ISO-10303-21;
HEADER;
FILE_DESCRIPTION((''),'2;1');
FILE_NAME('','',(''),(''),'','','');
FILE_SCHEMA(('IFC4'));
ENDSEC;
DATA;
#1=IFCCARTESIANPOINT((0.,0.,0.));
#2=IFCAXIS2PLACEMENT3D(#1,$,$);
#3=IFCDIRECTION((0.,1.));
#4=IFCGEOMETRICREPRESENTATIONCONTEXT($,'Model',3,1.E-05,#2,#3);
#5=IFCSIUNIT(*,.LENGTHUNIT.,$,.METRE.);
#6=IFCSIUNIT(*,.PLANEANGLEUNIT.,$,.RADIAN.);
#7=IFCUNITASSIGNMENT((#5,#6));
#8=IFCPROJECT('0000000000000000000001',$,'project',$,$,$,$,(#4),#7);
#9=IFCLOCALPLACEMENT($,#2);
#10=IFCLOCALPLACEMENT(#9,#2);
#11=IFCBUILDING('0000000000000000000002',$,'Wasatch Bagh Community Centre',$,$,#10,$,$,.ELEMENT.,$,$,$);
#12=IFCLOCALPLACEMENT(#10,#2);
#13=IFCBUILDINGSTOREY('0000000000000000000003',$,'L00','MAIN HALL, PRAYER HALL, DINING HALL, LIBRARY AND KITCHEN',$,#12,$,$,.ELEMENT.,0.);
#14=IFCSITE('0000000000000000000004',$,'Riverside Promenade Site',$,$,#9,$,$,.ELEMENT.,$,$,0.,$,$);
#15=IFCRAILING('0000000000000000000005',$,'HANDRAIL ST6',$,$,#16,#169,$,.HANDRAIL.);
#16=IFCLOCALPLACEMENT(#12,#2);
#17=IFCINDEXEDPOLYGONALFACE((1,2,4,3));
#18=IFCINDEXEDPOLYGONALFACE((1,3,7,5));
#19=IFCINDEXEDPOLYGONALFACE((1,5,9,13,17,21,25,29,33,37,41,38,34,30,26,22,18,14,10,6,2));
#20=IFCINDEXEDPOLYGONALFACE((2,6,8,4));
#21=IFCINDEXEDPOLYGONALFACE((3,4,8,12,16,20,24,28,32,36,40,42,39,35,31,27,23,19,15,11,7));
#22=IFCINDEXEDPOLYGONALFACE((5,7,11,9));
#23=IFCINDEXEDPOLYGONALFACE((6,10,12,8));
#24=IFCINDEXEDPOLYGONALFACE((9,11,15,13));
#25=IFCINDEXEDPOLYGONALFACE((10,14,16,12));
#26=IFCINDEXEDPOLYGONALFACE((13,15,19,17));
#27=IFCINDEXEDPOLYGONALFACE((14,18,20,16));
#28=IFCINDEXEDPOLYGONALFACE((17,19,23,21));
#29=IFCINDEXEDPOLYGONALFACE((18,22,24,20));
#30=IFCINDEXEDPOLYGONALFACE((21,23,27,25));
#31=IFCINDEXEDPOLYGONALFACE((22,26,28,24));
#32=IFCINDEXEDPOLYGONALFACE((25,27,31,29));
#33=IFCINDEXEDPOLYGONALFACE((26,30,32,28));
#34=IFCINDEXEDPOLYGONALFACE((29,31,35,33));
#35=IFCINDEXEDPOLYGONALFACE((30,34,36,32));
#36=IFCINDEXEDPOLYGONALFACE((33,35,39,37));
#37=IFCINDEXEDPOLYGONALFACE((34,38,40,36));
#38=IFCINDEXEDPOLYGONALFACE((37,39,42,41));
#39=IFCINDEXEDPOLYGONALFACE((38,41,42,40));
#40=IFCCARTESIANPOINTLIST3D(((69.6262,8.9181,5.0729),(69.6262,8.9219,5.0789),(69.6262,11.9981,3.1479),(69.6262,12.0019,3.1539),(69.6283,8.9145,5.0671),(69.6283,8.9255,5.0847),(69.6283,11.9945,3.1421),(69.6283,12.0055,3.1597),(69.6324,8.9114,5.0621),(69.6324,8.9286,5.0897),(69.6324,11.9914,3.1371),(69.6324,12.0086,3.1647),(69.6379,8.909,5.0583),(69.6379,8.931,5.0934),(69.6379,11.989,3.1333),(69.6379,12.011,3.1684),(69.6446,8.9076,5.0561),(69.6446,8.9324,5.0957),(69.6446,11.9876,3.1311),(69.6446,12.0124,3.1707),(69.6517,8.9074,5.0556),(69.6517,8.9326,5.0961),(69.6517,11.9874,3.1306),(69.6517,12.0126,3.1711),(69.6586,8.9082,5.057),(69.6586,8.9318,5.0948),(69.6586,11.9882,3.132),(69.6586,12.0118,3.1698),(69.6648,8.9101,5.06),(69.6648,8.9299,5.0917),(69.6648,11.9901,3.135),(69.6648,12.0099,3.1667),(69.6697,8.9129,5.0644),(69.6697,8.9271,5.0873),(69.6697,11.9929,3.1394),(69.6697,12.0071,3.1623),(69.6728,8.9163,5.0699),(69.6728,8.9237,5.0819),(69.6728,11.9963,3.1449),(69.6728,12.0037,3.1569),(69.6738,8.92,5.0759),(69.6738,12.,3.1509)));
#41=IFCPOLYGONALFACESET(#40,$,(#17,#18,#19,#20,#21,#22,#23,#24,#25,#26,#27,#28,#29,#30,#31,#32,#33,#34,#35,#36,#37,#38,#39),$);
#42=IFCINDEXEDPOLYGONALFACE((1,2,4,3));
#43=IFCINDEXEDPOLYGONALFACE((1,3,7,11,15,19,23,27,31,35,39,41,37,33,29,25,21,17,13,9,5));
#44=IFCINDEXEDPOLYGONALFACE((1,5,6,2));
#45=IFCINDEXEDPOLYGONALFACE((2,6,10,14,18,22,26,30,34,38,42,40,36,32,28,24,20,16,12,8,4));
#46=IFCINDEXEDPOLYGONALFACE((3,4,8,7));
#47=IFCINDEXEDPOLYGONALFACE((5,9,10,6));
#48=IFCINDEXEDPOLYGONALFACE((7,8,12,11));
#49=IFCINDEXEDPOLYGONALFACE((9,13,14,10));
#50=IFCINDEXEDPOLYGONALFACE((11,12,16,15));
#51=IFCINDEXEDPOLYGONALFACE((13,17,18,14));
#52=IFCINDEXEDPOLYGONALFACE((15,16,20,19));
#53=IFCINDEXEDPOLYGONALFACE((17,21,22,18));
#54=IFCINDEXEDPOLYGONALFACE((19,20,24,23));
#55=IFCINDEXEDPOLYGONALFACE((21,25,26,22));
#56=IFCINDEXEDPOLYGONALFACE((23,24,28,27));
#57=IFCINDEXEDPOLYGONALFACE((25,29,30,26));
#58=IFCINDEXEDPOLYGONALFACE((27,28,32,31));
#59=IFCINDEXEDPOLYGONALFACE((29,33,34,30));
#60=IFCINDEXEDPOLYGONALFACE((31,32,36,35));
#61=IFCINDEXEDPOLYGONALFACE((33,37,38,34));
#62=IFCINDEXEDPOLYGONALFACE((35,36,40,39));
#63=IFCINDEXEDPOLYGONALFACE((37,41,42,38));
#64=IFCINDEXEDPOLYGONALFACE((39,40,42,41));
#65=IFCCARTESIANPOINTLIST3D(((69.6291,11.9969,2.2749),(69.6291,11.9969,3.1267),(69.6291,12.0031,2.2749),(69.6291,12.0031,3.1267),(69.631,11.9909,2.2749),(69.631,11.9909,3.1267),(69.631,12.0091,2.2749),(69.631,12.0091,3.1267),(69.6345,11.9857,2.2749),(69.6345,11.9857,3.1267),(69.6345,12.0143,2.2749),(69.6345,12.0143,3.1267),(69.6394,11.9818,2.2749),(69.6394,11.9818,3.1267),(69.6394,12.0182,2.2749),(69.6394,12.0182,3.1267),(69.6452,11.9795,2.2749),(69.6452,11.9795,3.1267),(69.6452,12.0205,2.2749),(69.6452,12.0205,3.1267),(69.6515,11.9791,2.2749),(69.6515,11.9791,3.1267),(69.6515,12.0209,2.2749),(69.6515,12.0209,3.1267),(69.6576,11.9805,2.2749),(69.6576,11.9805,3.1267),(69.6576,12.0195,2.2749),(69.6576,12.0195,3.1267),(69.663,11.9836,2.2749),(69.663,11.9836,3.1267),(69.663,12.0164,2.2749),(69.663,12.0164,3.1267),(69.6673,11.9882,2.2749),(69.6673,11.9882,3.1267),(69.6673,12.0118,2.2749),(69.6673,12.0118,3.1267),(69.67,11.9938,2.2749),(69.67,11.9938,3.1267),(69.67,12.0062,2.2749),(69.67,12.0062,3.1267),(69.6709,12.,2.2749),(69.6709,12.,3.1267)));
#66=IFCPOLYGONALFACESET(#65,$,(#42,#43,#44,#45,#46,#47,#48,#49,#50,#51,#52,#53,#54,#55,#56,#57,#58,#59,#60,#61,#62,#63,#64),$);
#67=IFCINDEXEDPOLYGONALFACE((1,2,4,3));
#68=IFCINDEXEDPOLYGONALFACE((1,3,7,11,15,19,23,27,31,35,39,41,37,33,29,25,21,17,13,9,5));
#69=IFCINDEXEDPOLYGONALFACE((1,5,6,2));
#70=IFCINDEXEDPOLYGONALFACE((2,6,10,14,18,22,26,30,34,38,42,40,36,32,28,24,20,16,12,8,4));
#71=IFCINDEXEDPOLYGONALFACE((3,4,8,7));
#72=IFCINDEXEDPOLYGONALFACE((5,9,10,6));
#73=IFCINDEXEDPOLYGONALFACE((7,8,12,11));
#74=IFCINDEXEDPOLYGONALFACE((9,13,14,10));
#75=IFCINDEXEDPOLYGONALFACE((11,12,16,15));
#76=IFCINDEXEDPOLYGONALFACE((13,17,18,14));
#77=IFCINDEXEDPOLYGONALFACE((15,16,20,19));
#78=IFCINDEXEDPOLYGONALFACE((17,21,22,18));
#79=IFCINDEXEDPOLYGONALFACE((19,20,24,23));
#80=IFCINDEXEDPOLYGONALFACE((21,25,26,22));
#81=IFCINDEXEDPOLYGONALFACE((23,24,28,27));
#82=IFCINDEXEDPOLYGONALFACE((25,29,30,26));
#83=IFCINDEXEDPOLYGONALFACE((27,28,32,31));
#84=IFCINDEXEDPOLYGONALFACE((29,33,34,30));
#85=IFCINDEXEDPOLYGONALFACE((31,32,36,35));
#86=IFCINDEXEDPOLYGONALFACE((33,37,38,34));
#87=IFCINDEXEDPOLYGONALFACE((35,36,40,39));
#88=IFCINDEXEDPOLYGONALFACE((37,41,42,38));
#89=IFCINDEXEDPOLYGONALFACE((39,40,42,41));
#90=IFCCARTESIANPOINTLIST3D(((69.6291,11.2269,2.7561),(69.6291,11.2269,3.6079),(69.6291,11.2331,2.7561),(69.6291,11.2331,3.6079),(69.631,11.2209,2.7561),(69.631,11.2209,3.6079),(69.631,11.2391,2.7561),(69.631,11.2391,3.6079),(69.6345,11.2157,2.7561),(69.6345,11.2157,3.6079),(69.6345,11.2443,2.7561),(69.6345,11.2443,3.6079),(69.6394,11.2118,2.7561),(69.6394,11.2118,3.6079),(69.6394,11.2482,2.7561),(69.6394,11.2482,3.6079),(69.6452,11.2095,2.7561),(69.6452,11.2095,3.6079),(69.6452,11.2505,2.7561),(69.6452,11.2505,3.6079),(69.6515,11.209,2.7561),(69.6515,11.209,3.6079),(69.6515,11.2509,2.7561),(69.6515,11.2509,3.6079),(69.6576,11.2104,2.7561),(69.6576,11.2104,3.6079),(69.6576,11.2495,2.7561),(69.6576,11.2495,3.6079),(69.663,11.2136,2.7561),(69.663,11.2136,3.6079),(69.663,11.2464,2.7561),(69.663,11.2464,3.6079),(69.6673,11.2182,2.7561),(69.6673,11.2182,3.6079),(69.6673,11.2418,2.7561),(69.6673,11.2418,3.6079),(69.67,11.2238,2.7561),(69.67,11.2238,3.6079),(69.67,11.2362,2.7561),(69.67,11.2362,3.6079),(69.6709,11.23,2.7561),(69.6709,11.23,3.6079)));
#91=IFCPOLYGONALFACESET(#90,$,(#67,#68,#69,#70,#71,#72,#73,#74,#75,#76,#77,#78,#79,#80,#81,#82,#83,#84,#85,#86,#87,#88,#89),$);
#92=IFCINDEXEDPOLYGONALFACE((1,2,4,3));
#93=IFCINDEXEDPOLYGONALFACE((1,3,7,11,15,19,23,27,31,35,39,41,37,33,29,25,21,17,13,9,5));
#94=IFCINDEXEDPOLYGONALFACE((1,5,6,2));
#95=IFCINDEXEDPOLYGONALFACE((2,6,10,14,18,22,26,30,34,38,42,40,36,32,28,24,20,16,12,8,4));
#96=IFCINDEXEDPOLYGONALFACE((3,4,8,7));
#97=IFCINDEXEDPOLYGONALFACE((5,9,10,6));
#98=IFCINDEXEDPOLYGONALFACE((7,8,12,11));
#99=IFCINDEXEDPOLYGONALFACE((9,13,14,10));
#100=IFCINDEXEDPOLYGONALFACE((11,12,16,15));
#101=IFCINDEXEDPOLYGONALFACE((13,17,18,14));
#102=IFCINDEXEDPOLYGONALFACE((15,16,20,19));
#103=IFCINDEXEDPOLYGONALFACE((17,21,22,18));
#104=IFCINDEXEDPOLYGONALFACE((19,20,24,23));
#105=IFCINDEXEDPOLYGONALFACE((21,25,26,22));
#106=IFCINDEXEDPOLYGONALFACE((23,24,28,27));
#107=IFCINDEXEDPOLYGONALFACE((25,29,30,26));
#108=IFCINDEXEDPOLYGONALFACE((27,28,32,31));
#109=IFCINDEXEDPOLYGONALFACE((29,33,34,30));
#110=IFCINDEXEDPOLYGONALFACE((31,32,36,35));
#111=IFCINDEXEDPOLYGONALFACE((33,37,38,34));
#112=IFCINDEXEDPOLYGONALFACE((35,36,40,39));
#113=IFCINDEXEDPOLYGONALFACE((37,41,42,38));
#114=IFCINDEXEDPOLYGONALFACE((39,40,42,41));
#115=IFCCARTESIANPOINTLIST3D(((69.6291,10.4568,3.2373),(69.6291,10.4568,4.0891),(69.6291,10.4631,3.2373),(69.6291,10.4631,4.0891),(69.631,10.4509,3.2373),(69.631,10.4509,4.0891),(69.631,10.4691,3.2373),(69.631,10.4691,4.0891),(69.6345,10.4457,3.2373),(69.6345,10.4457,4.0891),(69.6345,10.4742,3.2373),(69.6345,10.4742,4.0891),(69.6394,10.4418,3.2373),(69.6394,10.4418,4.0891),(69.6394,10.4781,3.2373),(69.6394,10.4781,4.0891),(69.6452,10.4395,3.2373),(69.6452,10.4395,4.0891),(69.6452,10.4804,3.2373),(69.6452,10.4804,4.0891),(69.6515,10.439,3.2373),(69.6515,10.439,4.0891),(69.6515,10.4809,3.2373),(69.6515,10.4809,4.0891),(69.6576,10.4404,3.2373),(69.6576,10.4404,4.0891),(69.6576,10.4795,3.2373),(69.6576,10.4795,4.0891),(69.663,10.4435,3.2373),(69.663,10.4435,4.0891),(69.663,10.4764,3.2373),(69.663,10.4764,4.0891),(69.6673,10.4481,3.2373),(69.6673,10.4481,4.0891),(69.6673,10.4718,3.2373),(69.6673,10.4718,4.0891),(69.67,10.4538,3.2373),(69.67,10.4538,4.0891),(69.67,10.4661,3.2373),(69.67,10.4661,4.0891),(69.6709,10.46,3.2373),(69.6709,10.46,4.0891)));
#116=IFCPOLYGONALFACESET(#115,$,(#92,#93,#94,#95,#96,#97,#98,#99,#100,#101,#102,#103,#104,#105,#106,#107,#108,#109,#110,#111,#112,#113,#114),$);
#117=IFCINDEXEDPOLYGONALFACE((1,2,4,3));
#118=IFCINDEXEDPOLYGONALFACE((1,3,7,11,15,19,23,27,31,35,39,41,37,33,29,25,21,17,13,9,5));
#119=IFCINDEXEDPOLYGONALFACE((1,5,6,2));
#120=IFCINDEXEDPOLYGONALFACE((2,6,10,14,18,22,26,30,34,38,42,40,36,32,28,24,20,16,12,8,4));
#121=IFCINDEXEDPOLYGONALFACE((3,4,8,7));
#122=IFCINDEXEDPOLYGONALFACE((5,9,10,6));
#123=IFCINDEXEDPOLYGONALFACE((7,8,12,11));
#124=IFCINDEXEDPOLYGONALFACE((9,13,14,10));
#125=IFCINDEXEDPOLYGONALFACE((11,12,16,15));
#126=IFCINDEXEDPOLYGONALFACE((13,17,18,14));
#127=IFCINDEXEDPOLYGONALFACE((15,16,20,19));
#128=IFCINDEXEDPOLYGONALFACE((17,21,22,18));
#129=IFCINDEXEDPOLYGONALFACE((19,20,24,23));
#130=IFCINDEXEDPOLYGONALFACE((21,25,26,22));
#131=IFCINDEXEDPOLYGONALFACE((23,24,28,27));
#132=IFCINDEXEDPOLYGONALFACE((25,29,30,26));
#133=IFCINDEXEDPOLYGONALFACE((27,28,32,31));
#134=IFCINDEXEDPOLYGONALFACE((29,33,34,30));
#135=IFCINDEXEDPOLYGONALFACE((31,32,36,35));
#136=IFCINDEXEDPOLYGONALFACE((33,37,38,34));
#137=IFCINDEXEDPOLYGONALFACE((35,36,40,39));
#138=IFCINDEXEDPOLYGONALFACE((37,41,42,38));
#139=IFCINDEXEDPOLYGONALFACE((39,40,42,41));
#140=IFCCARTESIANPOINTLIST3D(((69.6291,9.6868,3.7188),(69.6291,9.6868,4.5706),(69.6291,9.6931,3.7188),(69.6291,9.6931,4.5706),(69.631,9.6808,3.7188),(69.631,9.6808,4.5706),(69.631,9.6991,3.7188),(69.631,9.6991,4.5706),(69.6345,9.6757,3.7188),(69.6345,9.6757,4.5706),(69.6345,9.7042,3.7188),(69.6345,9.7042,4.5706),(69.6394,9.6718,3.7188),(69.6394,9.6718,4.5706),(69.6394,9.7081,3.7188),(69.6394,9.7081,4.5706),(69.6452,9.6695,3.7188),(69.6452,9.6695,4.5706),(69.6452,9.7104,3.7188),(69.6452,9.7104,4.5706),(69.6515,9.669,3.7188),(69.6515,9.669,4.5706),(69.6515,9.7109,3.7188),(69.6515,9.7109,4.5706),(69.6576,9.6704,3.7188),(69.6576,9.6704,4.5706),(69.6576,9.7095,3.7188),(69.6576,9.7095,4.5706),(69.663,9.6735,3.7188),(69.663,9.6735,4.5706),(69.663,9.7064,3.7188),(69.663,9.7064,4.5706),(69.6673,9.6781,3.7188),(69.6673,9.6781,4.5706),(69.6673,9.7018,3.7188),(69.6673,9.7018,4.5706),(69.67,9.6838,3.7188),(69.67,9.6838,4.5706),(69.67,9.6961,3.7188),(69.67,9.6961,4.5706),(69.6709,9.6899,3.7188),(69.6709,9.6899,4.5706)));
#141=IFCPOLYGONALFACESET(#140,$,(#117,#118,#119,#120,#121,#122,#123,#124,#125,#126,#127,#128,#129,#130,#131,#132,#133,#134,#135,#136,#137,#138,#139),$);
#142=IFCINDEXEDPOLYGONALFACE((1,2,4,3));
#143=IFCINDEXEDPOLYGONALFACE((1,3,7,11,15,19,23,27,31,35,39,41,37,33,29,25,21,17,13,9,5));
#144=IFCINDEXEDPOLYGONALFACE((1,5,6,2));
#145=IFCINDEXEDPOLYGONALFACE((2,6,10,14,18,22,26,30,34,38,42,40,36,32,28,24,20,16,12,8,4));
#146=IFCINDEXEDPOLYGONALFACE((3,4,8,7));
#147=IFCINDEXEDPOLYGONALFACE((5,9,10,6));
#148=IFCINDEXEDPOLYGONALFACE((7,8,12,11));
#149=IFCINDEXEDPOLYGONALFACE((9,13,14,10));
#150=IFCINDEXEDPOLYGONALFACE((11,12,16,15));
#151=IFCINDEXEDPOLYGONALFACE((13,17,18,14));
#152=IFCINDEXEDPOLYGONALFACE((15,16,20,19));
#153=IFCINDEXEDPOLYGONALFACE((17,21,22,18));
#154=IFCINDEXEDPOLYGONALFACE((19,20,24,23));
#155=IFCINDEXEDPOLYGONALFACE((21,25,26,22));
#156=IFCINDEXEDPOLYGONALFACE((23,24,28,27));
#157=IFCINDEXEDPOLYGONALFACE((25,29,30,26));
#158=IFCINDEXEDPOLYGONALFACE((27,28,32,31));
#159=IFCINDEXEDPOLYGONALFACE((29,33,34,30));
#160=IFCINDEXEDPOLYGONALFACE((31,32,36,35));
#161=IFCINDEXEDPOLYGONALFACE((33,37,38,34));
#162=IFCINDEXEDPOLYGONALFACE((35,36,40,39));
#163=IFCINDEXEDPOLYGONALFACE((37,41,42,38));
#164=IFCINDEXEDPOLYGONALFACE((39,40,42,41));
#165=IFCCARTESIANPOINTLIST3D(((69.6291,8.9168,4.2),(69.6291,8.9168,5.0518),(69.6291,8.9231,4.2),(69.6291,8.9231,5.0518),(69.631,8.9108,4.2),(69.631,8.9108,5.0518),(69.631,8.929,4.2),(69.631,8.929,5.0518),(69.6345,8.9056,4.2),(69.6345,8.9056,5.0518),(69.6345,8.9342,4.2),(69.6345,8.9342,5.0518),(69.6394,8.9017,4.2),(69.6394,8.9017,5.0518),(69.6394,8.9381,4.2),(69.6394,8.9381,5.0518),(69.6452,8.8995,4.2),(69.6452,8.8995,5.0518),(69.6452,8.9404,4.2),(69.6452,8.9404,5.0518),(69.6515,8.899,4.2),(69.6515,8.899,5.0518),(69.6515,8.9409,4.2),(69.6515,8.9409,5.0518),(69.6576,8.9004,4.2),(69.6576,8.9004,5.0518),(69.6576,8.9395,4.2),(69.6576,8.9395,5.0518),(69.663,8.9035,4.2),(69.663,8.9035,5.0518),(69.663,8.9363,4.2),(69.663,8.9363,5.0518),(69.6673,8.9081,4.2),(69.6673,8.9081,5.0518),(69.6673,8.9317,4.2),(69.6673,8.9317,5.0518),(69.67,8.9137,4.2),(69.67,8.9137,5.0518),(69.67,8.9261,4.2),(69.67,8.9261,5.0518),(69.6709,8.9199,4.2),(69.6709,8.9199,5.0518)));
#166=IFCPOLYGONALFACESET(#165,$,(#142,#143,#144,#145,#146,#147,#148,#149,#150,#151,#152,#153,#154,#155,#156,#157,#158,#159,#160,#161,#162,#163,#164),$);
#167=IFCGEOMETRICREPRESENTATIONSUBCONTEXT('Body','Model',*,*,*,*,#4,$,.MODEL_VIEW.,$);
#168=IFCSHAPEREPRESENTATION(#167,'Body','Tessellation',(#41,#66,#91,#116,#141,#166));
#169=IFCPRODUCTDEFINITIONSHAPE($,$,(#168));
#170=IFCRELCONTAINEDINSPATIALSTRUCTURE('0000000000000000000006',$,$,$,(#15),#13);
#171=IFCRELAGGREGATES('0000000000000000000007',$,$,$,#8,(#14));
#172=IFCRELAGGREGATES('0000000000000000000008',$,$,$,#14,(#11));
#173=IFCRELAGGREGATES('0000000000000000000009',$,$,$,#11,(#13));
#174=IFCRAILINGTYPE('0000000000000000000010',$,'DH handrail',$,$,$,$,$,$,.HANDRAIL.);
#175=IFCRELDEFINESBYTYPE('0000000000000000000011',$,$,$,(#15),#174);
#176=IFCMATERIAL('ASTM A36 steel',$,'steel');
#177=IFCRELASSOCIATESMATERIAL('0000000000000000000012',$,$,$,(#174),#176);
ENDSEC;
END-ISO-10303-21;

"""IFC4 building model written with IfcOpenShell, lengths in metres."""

from ifc_helpers import new_model, si_unit, direction, frame, origin, origin_2d, place, context, subcontext, project, spatial, circle, extrude, material, type_object, element, save


model = new_model("IFC4")

# Units and contexts
model_context = context("Model", 3, precision=1e-05, world=origin(), true_north=direction((0.0, 1.0)))
body_context = subcontext(model_context, "Body", "Model", "MODEL_VIEW")
ifc_project = project(units=[si_unit("LENGTHUNIT", "METRE"), si_unit("PLANEANGLEUNIT", "RADIAN")], contexts=[model_context])

# Site, building, storey
site_placement = place(None, origin())
site = spatial("IfcSite", under=ifc_project, at=site_placement, Name="Riverside Promenade Site", CompositionType="ELEMENT", RefElevation=0.0)
building_placement = place(site_placement, origin())
building = spatial("IfcBuilding", under=site, at=building_placement, Name="Wasatch Bagh Community Centre", CompositionType="ELEMENT")
storey_placement = place(building_placement, origin())
storey = spatial("IfcBuildingStorey", under=building, at=storey_placement, Name="L00", Description="MAIN HALL, PRAYER HALL, DINING HALL, LIBRARY AND KITCHEN", CompositionType="ELEMENT", Elevation=0.0)

# Railing
ifc_material_1 = material(Name="ASTM A36 steel", Category="steel")
railing_type_1 = type_object("IfcRailingType", Name="DH handrail", PredefinedType="HANDRAIL", material=ifc_material_1)
for number, where, name in (
    (1, (69.6499, 12.0, 2.2749), "HANDRAIL ST6"),
):
    element("IfcRailing", number, at=place(storey_placement, frame(where)), inside=storey, type_object=railing_type_1, Name=name, PredefinedType="HANDRAIL", context=body_context, shape_type="SweptSolid", body=[
        extrude(circle(Radius=0.0239, at=origin_2d()), frame((0.0, 0.0, 0.876), z_axis=(0.0, -0.847998, 0.529999), x_axis=(1.0, 0.0, 0.0)), (0.0, 0.0, 1.0), 3.6321),
        extrude(circle(Radius=0.021, at=origin_2d()), origin(), (0.0, 0.0, 1.0), 0.8518),
        extrude(circle(Radius=0.021, at=origin_2d()), frame((0.0, -0.77, 0.4812)), (0.0, 0.0, 1.0), 0.8518),
        extrude(circle(Radius=0.021, at=origin_2d()), frame((0.0, -1.54, 0.9624)), (0.0, 0.0, 1.0), 0.8518),
        extrude(circle(Radius=0.021, at=origin_2d()), frame((0.0, -2.3101, 1.4438)), (0.0, 0.0, 1.0), 0.8518),
        extrude(circle(Radius=0.021, at=origin_2d()), frame((0.0, -3.0801, 1.925)), (0.0, 0.0, 1.0), 0.8518),
    ])

save(model, "model.ifc")
